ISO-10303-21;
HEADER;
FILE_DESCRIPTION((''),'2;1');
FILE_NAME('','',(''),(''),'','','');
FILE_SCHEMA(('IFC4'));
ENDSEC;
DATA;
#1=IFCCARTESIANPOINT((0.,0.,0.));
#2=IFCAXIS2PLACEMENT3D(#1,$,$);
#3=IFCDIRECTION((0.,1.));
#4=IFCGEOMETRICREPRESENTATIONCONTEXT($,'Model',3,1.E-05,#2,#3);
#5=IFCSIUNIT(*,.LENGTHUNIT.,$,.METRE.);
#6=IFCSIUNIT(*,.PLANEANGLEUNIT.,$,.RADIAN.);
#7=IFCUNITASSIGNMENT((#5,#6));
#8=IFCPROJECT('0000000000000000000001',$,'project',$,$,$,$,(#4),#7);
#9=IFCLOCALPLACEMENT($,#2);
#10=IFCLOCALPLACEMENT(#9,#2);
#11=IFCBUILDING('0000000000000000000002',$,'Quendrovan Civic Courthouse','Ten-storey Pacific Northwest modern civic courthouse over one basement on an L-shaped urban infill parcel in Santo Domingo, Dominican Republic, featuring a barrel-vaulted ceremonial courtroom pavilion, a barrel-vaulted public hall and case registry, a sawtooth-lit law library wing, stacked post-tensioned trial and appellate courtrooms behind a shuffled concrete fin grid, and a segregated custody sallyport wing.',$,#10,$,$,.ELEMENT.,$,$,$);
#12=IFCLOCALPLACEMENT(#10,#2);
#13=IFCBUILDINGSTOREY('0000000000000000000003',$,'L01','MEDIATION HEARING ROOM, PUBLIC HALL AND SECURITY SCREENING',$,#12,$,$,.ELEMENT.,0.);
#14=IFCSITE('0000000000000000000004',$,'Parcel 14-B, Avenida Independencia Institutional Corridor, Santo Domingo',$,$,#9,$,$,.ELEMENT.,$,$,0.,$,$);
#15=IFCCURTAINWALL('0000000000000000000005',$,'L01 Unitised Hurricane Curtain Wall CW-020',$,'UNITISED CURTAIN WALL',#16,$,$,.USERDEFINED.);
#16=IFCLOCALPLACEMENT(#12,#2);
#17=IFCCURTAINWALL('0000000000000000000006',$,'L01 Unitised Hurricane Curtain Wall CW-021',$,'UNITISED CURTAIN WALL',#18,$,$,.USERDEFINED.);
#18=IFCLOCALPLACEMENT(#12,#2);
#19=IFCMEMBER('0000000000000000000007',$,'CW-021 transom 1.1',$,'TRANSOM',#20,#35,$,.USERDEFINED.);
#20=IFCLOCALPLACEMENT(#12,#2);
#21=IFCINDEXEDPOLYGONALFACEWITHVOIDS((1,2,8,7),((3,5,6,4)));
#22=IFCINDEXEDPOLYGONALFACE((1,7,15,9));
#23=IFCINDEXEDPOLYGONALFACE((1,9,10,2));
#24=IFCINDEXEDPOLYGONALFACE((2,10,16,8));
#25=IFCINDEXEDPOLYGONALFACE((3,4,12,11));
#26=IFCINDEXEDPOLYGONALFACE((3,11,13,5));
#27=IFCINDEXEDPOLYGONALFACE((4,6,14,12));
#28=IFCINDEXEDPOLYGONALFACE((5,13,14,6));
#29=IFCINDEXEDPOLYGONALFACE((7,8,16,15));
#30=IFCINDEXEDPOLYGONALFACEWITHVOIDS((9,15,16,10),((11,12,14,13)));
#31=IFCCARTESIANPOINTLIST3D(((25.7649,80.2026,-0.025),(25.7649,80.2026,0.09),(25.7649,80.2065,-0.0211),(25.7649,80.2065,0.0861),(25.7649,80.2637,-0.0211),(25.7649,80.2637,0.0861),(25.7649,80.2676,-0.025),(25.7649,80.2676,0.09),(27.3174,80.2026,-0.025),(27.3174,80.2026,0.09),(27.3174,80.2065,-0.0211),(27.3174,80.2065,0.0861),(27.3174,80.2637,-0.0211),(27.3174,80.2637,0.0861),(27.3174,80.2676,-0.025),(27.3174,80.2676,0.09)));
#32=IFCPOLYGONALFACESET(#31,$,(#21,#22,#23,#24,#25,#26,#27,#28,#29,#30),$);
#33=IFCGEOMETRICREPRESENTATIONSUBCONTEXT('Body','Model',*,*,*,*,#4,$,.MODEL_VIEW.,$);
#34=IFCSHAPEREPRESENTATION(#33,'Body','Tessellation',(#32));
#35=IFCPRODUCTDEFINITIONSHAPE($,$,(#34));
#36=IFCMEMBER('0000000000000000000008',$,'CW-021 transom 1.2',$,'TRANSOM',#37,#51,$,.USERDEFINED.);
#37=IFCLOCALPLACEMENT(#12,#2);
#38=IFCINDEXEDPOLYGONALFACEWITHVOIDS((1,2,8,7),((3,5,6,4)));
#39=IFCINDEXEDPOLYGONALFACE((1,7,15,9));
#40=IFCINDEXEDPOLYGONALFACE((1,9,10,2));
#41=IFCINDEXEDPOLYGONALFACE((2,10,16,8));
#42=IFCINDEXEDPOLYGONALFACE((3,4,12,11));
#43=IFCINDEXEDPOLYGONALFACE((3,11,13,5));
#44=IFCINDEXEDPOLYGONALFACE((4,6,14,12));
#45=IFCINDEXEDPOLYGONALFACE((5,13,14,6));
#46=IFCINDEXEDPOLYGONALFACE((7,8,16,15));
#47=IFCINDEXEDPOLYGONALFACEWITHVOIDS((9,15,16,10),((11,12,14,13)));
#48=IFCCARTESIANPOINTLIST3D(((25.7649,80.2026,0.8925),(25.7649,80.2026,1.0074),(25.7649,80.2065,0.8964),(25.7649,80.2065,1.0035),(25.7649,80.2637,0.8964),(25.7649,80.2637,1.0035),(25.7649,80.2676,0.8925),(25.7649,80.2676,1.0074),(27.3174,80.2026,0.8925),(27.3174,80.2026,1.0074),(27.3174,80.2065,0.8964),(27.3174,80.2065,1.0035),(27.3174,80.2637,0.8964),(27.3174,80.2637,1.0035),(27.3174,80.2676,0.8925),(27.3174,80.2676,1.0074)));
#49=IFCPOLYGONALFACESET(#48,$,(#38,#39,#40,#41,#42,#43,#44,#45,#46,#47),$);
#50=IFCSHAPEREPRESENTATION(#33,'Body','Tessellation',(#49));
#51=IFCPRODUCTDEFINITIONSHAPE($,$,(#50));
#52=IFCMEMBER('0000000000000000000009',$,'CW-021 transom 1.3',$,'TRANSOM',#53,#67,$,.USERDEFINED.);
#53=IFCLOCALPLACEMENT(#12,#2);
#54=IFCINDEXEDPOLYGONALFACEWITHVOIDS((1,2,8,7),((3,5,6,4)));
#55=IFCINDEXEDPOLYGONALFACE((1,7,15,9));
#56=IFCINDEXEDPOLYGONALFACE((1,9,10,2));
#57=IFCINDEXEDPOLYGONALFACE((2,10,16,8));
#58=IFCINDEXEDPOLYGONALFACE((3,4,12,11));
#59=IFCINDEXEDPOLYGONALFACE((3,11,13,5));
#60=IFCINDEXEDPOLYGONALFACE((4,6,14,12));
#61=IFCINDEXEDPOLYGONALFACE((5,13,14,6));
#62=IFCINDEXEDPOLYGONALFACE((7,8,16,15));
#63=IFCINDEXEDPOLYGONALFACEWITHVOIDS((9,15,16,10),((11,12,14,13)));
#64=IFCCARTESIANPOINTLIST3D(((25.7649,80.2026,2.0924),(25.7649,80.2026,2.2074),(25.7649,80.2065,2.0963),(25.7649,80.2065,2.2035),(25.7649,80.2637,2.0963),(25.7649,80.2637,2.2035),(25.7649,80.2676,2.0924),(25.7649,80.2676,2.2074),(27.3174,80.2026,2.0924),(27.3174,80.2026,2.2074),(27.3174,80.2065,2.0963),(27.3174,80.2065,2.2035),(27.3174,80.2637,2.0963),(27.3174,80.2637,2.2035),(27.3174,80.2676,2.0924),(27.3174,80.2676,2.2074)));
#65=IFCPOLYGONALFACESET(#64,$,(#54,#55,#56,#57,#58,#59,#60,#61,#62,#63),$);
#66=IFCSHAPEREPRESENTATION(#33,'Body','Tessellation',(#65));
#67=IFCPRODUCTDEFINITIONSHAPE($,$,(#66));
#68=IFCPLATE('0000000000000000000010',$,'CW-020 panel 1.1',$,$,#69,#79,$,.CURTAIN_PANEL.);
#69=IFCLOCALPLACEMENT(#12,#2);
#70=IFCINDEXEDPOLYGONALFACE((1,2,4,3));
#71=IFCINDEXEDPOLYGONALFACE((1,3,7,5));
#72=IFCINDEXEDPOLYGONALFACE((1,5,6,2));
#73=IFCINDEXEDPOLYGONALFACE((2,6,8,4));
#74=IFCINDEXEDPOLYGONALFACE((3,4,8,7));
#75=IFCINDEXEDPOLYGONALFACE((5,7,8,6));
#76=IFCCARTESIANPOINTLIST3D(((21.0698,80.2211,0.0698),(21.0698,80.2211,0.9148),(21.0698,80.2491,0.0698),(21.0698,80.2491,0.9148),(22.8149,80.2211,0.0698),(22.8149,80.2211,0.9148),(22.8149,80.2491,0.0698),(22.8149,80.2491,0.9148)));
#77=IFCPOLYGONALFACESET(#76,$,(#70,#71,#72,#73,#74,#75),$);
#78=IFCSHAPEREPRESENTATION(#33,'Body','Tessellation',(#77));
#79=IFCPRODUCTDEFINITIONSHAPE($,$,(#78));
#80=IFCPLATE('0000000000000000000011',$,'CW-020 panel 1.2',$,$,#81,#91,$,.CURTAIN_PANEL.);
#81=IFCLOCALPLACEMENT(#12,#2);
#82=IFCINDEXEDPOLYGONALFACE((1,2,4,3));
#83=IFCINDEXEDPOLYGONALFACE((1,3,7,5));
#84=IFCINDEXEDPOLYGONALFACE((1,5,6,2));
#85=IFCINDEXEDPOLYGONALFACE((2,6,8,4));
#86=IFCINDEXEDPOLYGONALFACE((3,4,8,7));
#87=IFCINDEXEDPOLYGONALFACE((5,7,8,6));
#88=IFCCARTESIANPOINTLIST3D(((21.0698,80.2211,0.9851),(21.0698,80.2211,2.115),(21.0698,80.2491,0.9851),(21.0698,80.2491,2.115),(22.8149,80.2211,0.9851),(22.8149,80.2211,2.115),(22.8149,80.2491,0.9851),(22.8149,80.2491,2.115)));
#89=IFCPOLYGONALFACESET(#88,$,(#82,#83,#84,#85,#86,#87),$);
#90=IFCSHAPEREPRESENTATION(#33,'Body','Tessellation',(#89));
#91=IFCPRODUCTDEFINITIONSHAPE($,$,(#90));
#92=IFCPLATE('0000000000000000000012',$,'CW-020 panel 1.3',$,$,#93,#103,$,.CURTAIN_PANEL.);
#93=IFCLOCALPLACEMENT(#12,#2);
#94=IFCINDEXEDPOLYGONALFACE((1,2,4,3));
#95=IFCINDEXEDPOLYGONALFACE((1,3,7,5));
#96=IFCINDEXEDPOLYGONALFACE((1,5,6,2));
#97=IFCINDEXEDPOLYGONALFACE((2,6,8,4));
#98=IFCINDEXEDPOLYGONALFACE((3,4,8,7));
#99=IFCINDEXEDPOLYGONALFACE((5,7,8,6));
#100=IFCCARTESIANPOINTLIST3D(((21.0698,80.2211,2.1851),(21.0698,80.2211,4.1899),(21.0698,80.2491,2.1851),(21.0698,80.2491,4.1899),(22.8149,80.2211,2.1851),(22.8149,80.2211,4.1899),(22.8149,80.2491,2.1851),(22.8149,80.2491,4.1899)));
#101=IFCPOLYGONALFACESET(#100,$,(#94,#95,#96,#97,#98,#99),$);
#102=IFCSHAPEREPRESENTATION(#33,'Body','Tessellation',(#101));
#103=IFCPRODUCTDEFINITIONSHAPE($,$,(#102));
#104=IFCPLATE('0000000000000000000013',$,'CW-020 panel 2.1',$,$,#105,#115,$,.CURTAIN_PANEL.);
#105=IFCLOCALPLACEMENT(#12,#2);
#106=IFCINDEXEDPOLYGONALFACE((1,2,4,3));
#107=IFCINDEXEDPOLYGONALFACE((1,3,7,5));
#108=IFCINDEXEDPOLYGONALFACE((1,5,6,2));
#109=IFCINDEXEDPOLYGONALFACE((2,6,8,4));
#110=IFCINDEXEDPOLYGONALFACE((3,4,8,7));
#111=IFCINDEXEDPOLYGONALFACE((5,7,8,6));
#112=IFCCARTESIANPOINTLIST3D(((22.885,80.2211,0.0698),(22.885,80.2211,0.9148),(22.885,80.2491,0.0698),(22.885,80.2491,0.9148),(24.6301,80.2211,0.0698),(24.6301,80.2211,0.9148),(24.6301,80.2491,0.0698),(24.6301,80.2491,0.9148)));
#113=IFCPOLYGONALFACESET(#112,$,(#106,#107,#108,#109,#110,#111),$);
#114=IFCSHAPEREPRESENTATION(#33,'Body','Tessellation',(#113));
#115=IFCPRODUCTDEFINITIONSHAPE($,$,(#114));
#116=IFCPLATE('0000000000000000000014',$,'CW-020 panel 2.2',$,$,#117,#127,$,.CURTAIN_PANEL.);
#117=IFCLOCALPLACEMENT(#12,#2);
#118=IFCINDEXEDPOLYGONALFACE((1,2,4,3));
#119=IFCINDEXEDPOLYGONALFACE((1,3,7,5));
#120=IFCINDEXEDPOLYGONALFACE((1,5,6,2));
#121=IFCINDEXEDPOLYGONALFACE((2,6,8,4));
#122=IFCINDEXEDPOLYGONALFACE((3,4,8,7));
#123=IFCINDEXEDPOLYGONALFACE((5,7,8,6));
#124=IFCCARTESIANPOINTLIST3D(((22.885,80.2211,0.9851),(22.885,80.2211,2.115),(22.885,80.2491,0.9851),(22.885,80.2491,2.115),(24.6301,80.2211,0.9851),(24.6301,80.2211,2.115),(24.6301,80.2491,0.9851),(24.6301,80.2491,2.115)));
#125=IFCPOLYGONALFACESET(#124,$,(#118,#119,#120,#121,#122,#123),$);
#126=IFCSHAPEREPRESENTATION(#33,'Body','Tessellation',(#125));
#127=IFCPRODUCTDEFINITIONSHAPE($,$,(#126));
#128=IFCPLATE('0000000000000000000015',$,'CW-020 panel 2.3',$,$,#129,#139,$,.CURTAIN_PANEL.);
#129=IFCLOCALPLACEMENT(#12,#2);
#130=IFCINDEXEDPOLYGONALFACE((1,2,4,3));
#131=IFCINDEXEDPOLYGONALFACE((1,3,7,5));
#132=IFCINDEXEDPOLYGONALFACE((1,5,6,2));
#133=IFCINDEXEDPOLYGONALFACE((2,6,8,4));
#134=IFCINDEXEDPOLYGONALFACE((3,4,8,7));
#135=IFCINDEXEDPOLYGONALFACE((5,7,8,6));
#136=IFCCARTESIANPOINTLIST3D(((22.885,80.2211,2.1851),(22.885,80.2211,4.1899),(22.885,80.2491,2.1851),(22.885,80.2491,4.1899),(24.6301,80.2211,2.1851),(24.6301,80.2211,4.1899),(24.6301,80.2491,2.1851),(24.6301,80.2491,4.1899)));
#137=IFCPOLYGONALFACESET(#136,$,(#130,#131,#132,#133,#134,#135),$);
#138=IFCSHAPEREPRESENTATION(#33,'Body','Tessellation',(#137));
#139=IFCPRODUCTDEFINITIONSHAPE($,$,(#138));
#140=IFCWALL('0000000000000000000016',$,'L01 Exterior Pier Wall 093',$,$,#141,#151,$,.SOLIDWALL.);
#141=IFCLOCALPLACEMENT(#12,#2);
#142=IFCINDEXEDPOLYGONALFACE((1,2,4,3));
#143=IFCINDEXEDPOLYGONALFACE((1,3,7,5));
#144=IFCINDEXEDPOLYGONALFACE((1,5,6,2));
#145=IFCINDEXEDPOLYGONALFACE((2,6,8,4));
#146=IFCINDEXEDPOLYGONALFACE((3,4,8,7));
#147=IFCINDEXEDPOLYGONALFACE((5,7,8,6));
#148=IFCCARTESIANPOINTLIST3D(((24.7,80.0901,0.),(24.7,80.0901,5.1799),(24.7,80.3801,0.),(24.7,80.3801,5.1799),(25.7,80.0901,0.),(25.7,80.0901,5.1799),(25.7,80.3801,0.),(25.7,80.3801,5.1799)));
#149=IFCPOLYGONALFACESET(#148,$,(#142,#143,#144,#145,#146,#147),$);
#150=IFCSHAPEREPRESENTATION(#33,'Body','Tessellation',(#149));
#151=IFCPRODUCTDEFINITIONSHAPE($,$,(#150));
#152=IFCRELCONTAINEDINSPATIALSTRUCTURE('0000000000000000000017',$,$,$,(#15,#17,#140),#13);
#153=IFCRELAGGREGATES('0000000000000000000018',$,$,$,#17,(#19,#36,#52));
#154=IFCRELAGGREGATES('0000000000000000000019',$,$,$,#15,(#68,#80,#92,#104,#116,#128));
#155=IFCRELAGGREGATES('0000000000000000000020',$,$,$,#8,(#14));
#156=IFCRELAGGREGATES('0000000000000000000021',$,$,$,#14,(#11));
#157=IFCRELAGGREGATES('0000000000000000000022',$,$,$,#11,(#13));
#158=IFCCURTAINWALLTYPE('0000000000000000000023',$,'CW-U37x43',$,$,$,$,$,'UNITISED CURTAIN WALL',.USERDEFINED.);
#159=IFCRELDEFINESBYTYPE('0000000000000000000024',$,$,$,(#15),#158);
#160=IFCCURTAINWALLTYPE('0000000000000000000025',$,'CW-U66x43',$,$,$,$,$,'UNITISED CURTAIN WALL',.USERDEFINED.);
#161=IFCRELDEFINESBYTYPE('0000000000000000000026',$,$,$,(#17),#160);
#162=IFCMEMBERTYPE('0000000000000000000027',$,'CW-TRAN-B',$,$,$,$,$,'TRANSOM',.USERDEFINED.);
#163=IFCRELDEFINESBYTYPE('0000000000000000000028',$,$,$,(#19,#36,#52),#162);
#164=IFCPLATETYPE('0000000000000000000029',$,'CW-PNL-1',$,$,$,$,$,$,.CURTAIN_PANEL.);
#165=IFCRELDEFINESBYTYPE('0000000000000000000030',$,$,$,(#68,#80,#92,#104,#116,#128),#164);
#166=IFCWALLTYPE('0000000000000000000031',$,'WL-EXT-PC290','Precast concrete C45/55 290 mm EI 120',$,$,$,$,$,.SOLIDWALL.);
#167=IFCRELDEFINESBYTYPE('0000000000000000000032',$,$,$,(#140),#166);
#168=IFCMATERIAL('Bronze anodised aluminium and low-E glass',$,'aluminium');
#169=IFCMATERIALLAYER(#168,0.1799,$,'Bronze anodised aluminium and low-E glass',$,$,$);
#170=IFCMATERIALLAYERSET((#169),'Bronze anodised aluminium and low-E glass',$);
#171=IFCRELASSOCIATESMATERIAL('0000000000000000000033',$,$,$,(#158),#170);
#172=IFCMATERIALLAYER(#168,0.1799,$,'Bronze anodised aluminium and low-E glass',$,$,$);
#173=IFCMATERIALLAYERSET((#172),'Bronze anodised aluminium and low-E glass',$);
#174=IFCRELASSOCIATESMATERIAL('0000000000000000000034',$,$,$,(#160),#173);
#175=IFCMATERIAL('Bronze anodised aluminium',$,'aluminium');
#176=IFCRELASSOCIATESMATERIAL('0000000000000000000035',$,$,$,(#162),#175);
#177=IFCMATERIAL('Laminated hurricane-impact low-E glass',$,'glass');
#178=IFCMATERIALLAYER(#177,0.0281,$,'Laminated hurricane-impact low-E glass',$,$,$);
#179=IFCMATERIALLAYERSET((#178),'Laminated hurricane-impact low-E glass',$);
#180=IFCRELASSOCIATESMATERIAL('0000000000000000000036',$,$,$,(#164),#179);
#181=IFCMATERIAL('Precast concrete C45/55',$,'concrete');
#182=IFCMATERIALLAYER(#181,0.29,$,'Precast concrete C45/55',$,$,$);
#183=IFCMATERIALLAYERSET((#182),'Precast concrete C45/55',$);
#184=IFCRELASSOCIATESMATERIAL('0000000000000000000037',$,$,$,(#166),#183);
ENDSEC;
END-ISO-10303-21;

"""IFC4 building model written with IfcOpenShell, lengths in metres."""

from ifc_helpers import new_model, si_unit, direction, frame, frame_2d, origin, origin_2d, place, context, subcontext, project, spatial, rectangle, hollow_rectangle, extrude, material, layer, layer_set, material_profile, profile_set, type_object, element, aggregate, save


model = new_model("IFC4")

# Units and contexts
model_context = context("Model", 3, precision=1e-05, world=origin(), true_north=direction((0.0, 1.0)))
body_context = subcontext(model_context, "Body", "Model", "MODEL_VIEW")
ifc_project = project(units=[si_unit("LENGTHUNIT", "METRE"), si_unit("PLANEANGLEUNIT", "RADIAN")], contexts=[model_context])

# Site, building, storey
site_placement = place(None, origin())
site = spatial("IfcSite", under=ifc_project, at=site_placement, Name="Parcel 14-B, Avenida Independencia Institutional Corridor, Santo Domingo", CompositionType="ELEMENT", RefElevation=0.0)
building_placement = place(site_placement, origin())
building = spatial("IfcBuilding", under=site, at=building_placement, Name="Quendrovan Civic Courthouse", Description="Ten-storey Pacific Northwest modern civic courthouse over one basement on an L-shaped urban infill parcel in Santo Domingo, Dominican Republic, featuring a barrel-vaulted ceremonial courtroom pavilion, a barrel-vaulted public hall and case registry, a sawtooth-lit law library wing, stacked post-tensioned trial and appellate courtrooms behind a shuffled concrete fin grid, and a segregated custody sallyport wing.", CompositionType="ELEMENT")
storey_placement = place(building_placement, origin())
storey = spatial("IfcBuildingStorey", under=building, at=storey_placement, Name="L01", Description="MEDIATION HEARING ROOM, PUBLIC HALL AND SECURITY SCREENING", CompositionType="ELEMENT", Elevation=0.0)

# Curtain wall
ifc_material_1 = material(Name="Bronze anodised aluminium and low-E glass", Category="aluminium")
ifc_layer_1 = layer(ifc_material_1, 0.1799, Name="Bronze anodised aluminium and low-E glass")
ifc_layer_set_1 = layer_set([ifc_layer_1], Name="Bronze anodised aluminium and low-E glass")
curtain_wall_type_1 = type_object("IfcCurtainWallType", Name="CW-U37x43", ElementType="UNITISED CURTAIN WALL", PredefinedType="USERDEFINED", material=ifc_layer_set_1)
curtain_wall_1_placement = place(storey_placement, origin())
curtain_wall_1 = element("IfcCurtainWall", 1, at=curtain_wall_1_placement, inside=storey, type_object=curtain_wall_type_1, Name="L01 Unitised Hurricane Curtain Wall CW-020", ObjectType="UNITISED CURTAIN WALL", PredefinedType="USERDEFINED")
ifc_material_2 = material(Name="Bronze anodised aluminium", Category="aluminium")

# Curtain wall
ifc_layer_2 = layer(ifc_material_1, 0.1799, Name="Bronze anodised aluminium and low-E glass")
ifc_layer_set_2 = layer_set([ifc_layer_2], Name="Bronze anodised aluminium and low-E glass")
curtain_wall_type_2 = type_object("IfcCurtainWallType", Name="CW-U66x43", ElementType="UNITISED CURTAIN WALL", PredefinedType="USERDEFINED", material=ifc_layer_set_2)
curtain_wall_2_placement = place(storey_placement, origin())
curtain_wall_2 = element("IfcCurtainWall", 2, at=curtain_wall_2_placement, inside=storey, type_object=curtain_wall_type_2, Name="L01 Unitised Hurricane Curtain Wall CW-021", ObjectType="UNITISED CURTAIN WALL", PredefinedType="USERDEFINED")

# Members
ifc_material_profile_1 = material_profile(ifc_material_2, hollow_rectangle(XDim=0.0649, YDim=0.115, WallThickness=0.0039, at=origin_2d()), Name="CW-TRAN-65x115")
ifc_profile_set_1 = profile_set([ifc_material_profile_1], Name="Bronze anodised aluminium")
member_type_1 = type_object("IfcMemberType", Name="CW-TRAN-B", ElementType="TRANSOM", PredefinedType="USERDEFINED", material=ifc_profile_set_1)
member_1_placement = place(storey_placement, frame((25.7649, 80.2351, 0.0325), z_axis=(1.0, 0.0, 0.0), x_axis=(0.0, 1.0, 0.0)))
member_1 = element("IfcMember", 3, at=member_1_placement, type_object=member_type_1, Name="CW-021 transom 1.1", ObjectType="TRANSOM", PredefinedType="USERDEFINED", context=body_context, shape_type="SweptSolid", body=[
    extrude(hollow_rectangle(XDim=0.0649, YDim=0.115, WallThickness=0.0039, at=origin_2d()), origin(), (0.0, 0.0, 1.0), 1.5525),
])
member_2_placement = place(storey_placement, frame((25.7649, 80.2351, 0.95), z_axis=(1.0, 0.0, 0.0), x_axis=(0.0, 1.0, 0.0)))
member_2 = element("IfcMember", 4, at=member_2_placement, type_object=member_type_1, Name="CW-021 transom 1.2", ObjectType="TRANSOM", PredefinedType="USERDEFINED", context=body_context, shape_type="SweptSolid", body=[
    extrude(hollow_rectangle(XDim=0.0649, YDim=0.115, WallThickness=0.0039, at=origin_2d()), origin(), (0.0, 0.0, 1.0), 1.5525),
])
member_3_placement = place(storey_placement, frame((25.7649, 80.2351, 2.1499), z_axis=(1.0, 0.0, 0.0), x_axis=(0.0, 1.0, 0.0)))
member_3 = element("IfcMember", 5, at=member_3_placement, type_object=member_type_1, Name="CW-021 transom 1.3", ObjectType="TRANSOM", PredefinedType="USERDEFINED", context=body_context, shape_type="SweptSolid", body=[
    extrude(hollow_rectangle(XDim=0.0649, YDim=0.115, WallThickness=0.0039, at=origin_2d()), origin(), (0.0, 0.0, 1.0), 1.5525),
])
aggregate(curtain_wall_2, [member_1, member_2, member_3])

# Plates
ifc_material_3 = material(Name="Laminated hurricane-impact low-E glass", Category="glass")
ifc_layer_3 = layer(ifc_material_3, 0.0281, Name="Laminated hurricane-impact low-E glass")
ifc_layer_set_3 = layer_set([ifc_layer_3], Name="Laminated hurricane-impact low-E glass")
plate_type = type_object("IfcPlateType", Name="CW-PNL-1", PredefinedType="CURTAIN_PANEL", material=ifc_layer_set_3)
plate_1_placement = place(storey_placement, frame((21.9424, 80.2351, 0.0698), z_axis=(0.0, 0.0, 1.0), x_axis=(1.0, 0.0, 0.0)))
plate_1 = element("IfcPlate", 6, at=plate_1_placement, type_object=plate_type, Name="CW-020 panel 1.1", PredefinedType="CURTAIN_PANEL", context=body_context, shape_type="SweptSolid", body=[
    extrude(rectangle(XDim=1.7451, YDim=0.0281, at=origin_2d()), origin(), (0.0, 0.0, 1.0), 0.845),
])
plate_2_placement = place(storey_placement, frame((21.9424, 80.2351, 0.9851), z_axis=(0.0, 0.0, 1.0), x_axis=(1.0, 0.0, 0.0)))
plate_2 = element("IfcPlate", 7, at=plate_2_placement, type_object=plate_type, Name="CW-020 panel 1.2", PredefinedType="CURTAIN_PANEL", context=body_context, shape_type="SweptSolid", body=[
    extrude(rectangle(XDim=1.7451, YDim=0.0281, at=origin_2d()), origin(), (0.0, 0.0, 1.0), 1.1299),
])
plate_3_placement = place(storey_placement, frame((21.9424, 80.2351, 2.1851), z_axis=(0.0, 0.0, 1.0), x_axis=(1.0, 0.0, 0.0)))
plate_3 = element("IfcPlate", 8, at=plate_3_placement, type_object=plate_type, Name="CW-020 panel 1.3", PredefinedType="CURTAIN_PANEL", context=body_context, shape_type="SweptSolid", body=[
    extrude(rectangle(XDim=1.7451, YDim=0.0281, at=origin_2d()), origin(), (0.0, 0.0, 1.0), 2.0049),
])
plate_4_placement = place(storey_placement, frame((23.7576, 80.2351, 0.0698), z_axis=(0.0, 0.0, 1.0), x_axis=(1.0, 0.0, 0.0)))
plate_4 = element("IfcPlate", 9, at=plate_4_placement, type_object=plate_type, Name="CW-020 panel 2.1", PredefinedType="CURTAIN_PANEL", context=body_context, shape_type="SweptSolid", body=[
    extrude(rectangle(XDim=1.7451, YDim=0.0281, at=origin_2d()), origin(), (0.0, 0.0, 1.0), 0.845),
])
plate_5_placement = place(storey_placement, frame((23.7576, 80.2351, 0.9851), z_axis=(0.0, 0.0, 1.0), x_axis=(1.0, 0.0, 0.0)))
plate_5 = element("IfcPlate", 10, at=plate_5_placement, type_object=plate_type, Name="CW-020 panel 2.2", PredefinedType="CURTAIN_PANEL", context=body_context, shape_type="SweptSolid", body=[
    extrude(rectangle(XDim=1.7451, YDim=0.0281, at=origin_2d()), origin(), (0.0, 0.0, 1.0), 1.1299),
])
plate_6_placement = place(storey_placement, frame((23.7576, 80.2351, 2.1851), z_axis=(0.0, 0.0, 1.0), x_axis=(1.0, 0.0, 0.0)))
plate_6 = element("IfcPlate", 11, at=plate_6_placement, type_object=plate_type, Name="CW-020 panel 2.3", PredefinedType="CURTAIN_PANEL", context=body_context, shape_type="SweptSolid", body=[
    extrude(rectangle(XDim=1.7451, YDim=0.0281, at=origin_2d()), origin(), (0.0, 0.0, 1.0), 2.0049),
])
aggregate(curtain_wall_1, [plate_1, plate_2, plate_3, plate_4, plate_5, plate_6])

# Wall
ifc_material_4 = material(Name="Precast concrete C45/55", Category="concrete")
ifc_layer_4 = layer(ifc_material_4, 0.29, Name="Precast concrete C45/55")
ifc_layer_set_4 = layer_set([ifc_layer_4], Name="Precast concrete C45/55")
wall_type = type_object("IfcWallType", Name="WL-EXT-PC290", Description="Precast concrete C45/55 290 mm EI 120", PredefinedType="SOLIDWALL", material=ifc_layer_set_4)
wall_placement = place(storey_placement, frame((24.7, 80.2351, 0.0), z_axis=(0.0, 0.0, 1.0), x_axis=(1.0, 0.0, 0.0)))
element("IfcWall", 12, at=wall_placement, inside=storey, type_object=wall_type, Name="L01 Exterior Pier Wall 093", PredefinedType="SOLIDWALL", context=body_context, shape_type="SweptSolid", body=[
    extrude(rectangle(XDim=1.0, YDim=0.29, at=frame_2d((0.5, 0.0))), origin(), (0.0, 0.0, 1.0), 5.1799),
])

save(model, "model.ifc")
